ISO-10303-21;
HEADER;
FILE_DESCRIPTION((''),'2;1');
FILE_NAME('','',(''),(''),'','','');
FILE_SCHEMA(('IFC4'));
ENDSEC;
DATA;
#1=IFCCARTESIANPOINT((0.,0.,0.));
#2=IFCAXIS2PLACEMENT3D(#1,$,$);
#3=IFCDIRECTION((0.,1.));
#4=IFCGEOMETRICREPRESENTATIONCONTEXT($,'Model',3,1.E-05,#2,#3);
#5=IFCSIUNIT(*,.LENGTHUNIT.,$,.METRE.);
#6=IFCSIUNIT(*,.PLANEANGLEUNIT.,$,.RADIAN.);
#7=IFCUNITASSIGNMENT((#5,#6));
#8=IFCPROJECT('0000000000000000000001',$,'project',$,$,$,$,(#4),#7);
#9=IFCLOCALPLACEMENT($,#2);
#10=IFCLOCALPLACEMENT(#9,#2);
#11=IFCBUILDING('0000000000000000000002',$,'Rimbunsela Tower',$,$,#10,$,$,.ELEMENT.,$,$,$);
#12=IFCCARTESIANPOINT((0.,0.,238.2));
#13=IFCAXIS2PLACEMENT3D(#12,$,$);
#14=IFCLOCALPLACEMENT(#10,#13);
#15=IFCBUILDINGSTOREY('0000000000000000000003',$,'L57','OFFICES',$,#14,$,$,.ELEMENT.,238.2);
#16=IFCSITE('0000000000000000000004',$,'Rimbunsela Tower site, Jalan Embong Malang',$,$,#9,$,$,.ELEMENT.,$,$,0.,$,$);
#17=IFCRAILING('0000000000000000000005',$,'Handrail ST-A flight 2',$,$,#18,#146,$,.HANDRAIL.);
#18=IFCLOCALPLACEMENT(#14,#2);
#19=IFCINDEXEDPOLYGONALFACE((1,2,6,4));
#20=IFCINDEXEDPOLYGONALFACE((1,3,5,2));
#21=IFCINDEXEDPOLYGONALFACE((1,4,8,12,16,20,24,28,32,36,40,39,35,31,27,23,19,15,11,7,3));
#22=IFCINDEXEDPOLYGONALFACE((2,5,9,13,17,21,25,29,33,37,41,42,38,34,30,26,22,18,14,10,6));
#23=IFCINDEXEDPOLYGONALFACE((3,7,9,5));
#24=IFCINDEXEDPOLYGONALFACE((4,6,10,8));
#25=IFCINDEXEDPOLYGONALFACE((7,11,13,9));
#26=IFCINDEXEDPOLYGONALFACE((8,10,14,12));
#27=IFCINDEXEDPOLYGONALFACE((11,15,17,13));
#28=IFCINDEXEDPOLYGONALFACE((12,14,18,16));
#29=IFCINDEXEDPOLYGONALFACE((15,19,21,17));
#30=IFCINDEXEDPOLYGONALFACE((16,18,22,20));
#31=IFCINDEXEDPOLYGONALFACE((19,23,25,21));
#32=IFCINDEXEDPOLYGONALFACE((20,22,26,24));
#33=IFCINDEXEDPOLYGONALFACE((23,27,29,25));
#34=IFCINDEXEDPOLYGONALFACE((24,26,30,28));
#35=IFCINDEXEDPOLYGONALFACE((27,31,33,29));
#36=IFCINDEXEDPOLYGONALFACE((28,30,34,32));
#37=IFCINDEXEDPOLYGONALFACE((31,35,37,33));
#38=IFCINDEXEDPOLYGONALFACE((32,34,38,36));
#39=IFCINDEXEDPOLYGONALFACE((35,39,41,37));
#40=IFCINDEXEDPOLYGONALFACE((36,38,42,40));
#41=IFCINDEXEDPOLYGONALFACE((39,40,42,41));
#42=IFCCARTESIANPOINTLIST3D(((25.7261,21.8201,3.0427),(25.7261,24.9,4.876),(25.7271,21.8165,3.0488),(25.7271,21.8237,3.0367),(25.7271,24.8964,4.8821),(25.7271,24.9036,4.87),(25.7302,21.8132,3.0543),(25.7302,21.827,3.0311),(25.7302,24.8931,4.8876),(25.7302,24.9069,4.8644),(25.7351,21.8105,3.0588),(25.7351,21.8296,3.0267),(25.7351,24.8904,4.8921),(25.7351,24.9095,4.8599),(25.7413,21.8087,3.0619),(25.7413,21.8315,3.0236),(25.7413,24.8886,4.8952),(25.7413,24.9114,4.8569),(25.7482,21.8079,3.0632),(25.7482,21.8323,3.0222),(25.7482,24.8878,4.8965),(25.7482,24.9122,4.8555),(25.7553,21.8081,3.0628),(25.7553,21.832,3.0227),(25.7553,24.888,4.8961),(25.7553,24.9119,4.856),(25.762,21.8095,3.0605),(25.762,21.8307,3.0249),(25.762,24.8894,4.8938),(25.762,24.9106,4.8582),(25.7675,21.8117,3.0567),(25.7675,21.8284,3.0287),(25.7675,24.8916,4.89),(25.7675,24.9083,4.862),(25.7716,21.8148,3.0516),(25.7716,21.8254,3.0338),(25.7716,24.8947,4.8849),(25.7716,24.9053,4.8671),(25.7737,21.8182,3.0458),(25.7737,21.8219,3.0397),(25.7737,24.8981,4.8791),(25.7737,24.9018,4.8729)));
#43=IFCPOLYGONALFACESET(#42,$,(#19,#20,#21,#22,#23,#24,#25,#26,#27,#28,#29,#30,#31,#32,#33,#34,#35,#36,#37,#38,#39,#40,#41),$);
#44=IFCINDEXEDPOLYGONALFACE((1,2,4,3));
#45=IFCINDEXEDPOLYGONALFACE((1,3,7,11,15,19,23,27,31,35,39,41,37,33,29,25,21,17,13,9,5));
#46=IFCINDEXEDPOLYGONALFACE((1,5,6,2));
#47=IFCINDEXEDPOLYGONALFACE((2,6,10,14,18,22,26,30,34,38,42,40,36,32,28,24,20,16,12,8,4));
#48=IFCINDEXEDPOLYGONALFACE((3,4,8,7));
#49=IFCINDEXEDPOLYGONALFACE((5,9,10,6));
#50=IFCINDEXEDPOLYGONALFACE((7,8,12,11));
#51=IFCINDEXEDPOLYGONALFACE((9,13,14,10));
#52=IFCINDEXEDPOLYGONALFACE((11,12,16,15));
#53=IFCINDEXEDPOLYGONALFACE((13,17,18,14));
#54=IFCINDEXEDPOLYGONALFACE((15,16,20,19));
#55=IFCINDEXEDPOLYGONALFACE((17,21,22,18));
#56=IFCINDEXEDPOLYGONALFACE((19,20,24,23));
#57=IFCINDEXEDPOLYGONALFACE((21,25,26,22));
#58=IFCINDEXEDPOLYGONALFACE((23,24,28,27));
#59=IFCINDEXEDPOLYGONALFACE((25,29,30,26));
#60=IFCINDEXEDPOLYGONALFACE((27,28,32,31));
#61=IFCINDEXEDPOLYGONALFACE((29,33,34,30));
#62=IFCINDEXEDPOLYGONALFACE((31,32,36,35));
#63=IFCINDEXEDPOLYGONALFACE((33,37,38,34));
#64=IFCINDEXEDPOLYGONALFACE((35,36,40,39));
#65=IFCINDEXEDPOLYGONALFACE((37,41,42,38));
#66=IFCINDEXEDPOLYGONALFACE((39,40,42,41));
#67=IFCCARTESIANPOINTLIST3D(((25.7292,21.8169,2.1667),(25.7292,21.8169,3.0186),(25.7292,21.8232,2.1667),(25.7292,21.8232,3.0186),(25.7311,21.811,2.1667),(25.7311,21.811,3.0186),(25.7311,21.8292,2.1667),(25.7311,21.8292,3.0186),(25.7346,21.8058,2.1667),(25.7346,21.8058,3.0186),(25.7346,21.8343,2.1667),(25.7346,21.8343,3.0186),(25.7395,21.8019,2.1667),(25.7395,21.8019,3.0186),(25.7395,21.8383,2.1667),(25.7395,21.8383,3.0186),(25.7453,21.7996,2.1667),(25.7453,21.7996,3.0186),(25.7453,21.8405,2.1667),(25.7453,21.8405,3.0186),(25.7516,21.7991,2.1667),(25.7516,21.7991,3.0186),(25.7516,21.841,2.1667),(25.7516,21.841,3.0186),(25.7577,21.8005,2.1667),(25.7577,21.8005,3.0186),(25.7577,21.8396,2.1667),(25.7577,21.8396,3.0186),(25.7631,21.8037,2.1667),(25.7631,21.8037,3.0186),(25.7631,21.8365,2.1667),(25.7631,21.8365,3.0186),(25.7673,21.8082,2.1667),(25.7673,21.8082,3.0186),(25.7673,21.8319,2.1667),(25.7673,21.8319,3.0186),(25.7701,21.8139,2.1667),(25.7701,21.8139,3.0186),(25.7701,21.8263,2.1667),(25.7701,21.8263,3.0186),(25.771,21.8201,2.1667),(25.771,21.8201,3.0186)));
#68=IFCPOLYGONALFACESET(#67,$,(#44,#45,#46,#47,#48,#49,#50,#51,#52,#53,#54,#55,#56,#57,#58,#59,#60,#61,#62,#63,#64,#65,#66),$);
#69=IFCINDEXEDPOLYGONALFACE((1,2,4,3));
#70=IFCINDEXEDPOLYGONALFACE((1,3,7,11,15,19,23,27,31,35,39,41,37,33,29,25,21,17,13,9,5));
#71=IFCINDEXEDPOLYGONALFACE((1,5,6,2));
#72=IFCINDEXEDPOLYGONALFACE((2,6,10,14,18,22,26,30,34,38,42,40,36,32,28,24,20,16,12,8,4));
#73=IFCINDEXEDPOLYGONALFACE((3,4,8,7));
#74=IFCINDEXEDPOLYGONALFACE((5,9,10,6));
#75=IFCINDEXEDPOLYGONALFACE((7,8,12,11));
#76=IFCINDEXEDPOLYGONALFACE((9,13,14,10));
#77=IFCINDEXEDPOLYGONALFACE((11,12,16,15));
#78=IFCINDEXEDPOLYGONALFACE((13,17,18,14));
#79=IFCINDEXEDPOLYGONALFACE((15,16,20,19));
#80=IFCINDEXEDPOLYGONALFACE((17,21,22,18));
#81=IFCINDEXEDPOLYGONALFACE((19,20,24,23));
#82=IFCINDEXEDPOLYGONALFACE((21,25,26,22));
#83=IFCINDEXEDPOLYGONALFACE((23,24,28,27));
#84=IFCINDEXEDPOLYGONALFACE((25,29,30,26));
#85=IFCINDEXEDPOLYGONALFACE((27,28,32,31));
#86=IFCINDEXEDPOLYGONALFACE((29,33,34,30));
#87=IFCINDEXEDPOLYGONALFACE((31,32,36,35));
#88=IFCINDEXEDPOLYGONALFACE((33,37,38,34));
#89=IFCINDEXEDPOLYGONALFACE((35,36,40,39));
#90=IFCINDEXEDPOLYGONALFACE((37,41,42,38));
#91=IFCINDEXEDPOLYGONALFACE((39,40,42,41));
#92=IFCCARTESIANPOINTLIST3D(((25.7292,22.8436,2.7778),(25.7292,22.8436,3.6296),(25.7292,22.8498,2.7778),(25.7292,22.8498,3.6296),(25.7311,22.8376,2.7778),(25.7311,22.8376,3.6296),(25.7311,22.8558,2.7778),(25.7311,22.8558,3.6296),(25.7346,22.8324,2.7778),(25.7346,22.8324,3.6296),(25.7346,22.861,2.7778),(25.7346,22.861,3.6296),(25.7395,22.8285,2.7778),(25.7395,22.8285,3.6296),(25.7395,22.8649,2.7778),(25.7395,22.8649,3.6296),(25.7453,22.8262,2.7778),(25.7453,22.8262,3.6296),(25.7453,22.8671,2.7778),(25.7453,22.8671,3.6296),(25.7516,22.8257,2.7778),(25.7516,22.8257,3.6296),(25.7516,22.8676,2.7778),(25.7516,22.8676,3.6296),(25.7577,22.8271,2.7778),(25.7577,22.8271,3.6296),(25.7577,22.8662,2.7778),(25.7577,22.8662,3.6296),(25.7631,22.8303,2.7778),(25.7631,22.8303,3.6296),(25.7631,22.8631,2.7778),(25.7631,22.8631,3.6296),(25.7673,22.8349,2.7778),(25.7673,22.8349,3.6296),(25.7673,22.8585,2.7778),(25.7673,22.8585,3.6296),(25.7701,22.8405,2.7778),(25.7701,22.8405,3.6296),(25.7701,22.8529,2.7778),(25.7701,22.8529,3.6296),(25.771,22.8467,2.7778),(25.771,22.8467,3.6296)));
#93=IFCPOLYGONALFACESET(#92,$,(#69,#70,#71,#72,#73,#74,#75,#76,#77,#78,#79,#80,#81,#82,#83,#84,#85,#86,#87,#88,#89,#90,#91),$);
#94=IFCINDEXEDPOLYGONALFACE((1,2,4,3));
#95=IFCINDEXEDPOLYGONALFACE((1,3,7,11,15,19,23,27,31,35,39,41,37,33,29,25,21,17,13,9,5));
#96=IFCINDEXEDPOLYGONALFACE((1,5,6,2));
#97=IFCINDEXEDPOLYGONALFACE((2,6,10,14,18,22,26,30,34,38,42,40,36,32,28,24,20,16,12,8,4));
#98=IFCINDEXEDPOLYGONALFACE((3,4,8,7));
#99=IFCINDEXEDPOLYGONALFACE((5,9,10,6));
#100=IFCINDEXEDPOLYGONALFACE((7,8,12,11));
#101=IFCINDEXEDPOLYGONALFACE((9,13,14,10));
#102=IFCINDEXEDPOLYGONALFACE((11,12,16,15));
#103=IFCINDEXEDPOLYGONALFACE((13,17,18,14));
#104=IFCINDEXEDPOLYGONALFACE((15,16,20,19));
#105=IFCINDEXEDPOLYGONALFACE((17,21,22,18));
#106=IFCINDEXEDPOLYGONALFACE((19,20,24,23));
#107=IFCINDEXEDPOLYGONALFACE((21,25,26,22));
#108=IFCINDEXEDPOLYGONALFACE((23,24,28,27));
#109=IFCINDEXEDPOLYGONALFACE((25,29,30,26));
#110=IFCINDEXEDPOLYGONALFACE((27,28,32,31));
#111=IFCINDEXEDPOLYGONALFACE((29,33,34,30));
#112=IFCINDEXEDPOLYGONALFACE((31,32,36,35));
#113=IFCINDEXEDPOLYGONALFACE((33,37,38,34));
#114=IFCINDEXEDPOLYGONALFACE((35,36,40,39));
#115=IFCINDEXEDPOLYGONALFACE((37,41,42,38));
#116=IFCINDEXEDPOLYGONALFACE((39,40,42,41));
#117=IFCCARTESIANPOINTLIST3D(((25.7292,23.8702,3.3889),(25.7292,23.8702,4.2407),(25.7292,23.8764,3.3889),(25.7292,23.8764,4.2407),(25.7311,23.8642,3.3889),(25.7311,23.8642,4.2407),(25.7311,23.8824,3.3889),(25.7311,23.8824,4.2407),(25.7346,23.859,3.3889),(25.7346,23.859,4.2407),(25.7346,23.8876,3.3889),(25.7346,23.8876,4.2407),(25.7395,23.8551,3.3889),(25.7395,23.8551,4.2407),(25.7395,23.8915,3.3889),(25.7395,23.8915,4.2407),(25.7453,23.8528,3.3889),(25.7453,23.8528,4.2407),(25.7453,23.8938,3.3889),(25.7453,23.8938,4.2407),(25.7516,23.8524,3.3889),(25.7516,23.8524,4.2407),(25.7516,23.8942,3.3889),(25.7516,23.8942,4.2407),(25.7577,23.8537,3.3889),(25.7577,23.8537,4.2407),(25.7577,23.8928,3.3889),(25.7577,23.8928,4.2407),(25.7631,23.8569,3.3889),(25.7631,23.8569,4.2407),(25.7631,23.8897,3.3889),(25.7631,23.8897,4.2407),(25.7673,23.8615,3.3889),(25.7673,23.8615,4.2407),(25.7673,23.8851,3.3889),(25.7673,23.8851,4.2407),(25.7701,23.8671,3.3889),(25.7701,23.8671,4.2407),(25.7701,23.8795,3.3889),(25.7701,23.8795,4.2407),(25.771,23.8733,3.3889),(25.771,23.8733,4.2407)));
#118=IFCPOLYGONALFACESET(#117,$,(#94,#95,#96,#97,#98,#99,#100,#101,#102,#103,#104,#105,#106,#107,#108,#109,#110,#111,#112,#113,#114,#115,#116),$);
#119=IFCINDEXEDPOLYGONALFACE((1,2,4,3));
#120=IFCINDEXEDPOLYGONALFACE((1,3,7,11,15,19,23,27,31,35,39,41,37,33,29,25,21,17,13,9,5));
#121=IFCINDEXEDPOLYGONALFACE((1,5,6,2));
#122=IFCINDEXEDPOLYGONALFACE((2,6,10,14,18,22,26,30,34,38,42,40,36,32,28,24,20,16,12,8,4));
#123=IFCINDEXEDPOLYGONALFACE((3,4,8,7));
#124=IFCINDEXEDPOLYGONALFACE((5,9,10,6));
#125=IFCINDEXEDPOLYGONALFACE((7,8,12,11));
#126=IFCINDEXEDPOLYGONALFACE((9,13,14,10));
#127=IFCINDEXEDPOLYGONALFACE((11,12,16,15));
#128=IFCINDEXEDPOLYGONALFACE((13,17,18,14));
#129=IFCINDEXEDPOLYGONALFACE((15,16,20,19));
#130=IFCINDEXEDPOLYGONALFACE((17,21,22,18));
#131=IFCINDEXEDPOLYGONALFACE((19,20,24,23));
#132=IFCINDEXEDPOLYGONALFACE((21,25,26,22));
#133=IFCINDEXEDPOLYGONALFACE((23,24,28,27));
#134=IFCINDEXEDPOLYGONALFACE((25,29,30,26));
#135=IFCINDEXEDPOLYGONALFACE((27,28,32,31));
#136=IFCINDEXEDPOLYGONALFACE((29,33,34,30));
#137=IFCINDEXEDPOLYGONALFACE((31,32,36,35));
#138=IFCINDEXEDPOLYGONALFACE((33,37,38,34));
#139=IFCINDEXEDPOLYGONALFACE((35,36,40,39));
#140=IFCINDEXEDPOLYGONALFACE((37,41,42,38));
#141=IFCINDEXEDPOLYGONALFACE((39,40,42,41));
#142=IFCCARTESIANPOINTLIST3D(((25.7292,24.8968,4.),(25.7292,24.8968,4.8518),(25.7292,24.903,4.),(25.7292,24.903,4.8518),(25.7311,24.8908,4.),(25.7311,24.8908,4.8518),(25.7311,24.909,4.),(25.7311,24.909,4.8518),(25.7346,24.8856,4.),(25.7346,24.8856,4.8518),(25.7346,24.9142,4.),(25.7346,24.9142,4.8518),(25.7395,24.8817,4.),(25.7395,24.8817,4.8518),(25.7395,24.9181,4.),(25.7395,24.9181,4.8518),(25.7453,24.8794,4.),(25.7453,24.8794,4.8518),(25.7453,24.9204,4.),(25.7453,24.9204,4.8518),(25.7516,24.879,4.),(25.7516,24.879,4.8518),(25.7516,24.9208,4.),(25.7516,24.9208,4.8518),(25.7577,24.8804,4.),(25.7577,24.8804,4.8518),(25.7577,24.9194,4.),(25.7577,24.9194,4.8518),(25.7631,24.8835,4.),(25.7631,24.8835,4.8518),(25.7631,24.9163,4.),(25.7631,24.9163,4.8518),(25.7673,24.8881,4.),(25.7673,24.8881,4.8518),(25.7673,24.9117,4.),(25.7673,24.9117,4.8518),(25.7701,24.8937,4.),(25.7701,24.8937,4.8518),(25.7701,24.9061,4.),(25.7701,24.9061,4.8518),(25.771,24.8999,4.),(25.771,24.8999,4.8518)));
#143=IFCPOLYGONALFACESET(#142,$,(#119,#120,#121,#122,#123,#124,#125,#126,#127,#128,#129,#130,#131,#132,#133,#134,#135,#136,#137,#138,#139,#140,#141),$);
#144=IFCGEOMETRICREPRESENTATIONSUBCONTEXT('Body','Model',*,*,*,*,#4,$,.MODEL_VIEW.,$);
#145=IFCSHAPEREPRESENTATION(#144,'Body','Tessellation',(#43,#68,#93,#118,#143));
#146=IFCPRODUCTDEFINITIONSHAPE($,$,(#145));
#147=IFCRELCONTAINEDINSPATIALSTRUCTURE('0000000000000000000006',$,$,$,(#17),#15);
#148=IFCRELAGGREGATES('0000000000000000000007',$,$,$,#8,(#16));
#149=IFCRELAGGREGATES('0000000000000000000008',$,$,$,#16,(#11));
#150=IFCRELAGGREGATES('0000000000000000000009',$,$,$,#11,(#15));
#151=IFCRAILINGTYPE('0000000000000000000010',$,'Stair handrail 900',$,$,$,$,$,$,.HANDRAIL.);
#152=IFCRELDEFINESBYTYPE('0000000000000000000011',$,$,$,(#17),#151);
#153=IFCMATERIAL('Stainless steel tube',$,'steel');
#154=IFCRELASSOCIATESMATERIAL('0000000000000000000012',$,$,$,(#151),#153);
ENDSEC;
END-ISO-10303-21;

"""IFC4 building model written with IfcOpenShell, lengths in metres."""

from ifc_helpers import new_model, si_unit, direction, frame, origin, origin_2d, place, context, subcontext, project, spatial, circle, extrude, material, type_object, element, save


model = new_model("IFC4")

# Units and contexts
model_context = context("Model", 3, precision=1e-05, world=origin(), true_north=direction((0.0, 1.0)))
body_context = subcontext(model_context, "Body", "Model", "MODEL_VIEW")
ifc_project = project(units=[si_unit("LENGTHUNIT", "METRE"), si_unit("PLANEANGLEUNIT", "RADIAN")], contexts=[model_context])

# Site, building, storey
site_placement = place(None, origin())
site = spatial("IfcSite", under=ifc_project, at=site_placement, Name="Rimbunsela Tower site, Jalan Embong Malang", CompositionType="ELEMENT", RefElevation=0.0)
building_placement = place(site_placement, origin())
building = spatial("IfcBuilding", under=site, at=building_placement, Name="Rimbunsela Tower", CompositionType="ELEMENT")
storey_placement = place(building_placement, frame((0.0, 0.0, 238.2)))
storey = spatial("IfcBuildingStorey", under=building, at=storey_placement, Name="L57", Description="OFFICES", CompositionType="ELEMENT", Elevation=238.2)

# Railing
ifc_material_1 = material(Name="Stainless steel tube", Category="steel")
railing_type = type_object("IfcRailingType", Name="Stair handrail 900", PredefinedType="HANDRAIL", material=ifc_material_1)
railing_1_placement = place(storey_placement, frame((25.75, 21.8201, 2.1667)))
element("IfcRailing", 1, at=railing_1_placement, inside=storey, type_object=railing_type, Name="Handrail ST-A flight 2", PredefinedType="HANDRAIL", context=body_context, shape_type="SweptSolid", body=[
    extrude(circle(Radius=0.0239, at=origin_2d()), frame((0.0, 0.0, 0.876), z_axis=(0.0, 0.859291, 0.511487), x_axis=(-1.0, 0.0, 0.0)), (0.0, 0.0, 1.0), 3.5842),
    extrude(circle(Radius=0.021, at=origin_2d()), origin(), (0.0, 0.0, 1.0), 0.8518),
    extrude(circle(Radius=0.021, at=origin_2d()), frame((0.0, 1.0266, 0.6111)), (0.0, 0.0, 1.0), 0.8518),
    extrude(circle(Radius=0.021, at=origin_2d()), frame((0.0, 2.0532, 1.2222)), (0.0, 0.0, 1.0), 0.8518),
    extrude(circle(Radius=0.021, at=origin_2d()), frame((0.0, 3.0798, 1.8333)), (0.0, 0.0, 1.0), 0.8518),
])

save(model, "model.ifc")
